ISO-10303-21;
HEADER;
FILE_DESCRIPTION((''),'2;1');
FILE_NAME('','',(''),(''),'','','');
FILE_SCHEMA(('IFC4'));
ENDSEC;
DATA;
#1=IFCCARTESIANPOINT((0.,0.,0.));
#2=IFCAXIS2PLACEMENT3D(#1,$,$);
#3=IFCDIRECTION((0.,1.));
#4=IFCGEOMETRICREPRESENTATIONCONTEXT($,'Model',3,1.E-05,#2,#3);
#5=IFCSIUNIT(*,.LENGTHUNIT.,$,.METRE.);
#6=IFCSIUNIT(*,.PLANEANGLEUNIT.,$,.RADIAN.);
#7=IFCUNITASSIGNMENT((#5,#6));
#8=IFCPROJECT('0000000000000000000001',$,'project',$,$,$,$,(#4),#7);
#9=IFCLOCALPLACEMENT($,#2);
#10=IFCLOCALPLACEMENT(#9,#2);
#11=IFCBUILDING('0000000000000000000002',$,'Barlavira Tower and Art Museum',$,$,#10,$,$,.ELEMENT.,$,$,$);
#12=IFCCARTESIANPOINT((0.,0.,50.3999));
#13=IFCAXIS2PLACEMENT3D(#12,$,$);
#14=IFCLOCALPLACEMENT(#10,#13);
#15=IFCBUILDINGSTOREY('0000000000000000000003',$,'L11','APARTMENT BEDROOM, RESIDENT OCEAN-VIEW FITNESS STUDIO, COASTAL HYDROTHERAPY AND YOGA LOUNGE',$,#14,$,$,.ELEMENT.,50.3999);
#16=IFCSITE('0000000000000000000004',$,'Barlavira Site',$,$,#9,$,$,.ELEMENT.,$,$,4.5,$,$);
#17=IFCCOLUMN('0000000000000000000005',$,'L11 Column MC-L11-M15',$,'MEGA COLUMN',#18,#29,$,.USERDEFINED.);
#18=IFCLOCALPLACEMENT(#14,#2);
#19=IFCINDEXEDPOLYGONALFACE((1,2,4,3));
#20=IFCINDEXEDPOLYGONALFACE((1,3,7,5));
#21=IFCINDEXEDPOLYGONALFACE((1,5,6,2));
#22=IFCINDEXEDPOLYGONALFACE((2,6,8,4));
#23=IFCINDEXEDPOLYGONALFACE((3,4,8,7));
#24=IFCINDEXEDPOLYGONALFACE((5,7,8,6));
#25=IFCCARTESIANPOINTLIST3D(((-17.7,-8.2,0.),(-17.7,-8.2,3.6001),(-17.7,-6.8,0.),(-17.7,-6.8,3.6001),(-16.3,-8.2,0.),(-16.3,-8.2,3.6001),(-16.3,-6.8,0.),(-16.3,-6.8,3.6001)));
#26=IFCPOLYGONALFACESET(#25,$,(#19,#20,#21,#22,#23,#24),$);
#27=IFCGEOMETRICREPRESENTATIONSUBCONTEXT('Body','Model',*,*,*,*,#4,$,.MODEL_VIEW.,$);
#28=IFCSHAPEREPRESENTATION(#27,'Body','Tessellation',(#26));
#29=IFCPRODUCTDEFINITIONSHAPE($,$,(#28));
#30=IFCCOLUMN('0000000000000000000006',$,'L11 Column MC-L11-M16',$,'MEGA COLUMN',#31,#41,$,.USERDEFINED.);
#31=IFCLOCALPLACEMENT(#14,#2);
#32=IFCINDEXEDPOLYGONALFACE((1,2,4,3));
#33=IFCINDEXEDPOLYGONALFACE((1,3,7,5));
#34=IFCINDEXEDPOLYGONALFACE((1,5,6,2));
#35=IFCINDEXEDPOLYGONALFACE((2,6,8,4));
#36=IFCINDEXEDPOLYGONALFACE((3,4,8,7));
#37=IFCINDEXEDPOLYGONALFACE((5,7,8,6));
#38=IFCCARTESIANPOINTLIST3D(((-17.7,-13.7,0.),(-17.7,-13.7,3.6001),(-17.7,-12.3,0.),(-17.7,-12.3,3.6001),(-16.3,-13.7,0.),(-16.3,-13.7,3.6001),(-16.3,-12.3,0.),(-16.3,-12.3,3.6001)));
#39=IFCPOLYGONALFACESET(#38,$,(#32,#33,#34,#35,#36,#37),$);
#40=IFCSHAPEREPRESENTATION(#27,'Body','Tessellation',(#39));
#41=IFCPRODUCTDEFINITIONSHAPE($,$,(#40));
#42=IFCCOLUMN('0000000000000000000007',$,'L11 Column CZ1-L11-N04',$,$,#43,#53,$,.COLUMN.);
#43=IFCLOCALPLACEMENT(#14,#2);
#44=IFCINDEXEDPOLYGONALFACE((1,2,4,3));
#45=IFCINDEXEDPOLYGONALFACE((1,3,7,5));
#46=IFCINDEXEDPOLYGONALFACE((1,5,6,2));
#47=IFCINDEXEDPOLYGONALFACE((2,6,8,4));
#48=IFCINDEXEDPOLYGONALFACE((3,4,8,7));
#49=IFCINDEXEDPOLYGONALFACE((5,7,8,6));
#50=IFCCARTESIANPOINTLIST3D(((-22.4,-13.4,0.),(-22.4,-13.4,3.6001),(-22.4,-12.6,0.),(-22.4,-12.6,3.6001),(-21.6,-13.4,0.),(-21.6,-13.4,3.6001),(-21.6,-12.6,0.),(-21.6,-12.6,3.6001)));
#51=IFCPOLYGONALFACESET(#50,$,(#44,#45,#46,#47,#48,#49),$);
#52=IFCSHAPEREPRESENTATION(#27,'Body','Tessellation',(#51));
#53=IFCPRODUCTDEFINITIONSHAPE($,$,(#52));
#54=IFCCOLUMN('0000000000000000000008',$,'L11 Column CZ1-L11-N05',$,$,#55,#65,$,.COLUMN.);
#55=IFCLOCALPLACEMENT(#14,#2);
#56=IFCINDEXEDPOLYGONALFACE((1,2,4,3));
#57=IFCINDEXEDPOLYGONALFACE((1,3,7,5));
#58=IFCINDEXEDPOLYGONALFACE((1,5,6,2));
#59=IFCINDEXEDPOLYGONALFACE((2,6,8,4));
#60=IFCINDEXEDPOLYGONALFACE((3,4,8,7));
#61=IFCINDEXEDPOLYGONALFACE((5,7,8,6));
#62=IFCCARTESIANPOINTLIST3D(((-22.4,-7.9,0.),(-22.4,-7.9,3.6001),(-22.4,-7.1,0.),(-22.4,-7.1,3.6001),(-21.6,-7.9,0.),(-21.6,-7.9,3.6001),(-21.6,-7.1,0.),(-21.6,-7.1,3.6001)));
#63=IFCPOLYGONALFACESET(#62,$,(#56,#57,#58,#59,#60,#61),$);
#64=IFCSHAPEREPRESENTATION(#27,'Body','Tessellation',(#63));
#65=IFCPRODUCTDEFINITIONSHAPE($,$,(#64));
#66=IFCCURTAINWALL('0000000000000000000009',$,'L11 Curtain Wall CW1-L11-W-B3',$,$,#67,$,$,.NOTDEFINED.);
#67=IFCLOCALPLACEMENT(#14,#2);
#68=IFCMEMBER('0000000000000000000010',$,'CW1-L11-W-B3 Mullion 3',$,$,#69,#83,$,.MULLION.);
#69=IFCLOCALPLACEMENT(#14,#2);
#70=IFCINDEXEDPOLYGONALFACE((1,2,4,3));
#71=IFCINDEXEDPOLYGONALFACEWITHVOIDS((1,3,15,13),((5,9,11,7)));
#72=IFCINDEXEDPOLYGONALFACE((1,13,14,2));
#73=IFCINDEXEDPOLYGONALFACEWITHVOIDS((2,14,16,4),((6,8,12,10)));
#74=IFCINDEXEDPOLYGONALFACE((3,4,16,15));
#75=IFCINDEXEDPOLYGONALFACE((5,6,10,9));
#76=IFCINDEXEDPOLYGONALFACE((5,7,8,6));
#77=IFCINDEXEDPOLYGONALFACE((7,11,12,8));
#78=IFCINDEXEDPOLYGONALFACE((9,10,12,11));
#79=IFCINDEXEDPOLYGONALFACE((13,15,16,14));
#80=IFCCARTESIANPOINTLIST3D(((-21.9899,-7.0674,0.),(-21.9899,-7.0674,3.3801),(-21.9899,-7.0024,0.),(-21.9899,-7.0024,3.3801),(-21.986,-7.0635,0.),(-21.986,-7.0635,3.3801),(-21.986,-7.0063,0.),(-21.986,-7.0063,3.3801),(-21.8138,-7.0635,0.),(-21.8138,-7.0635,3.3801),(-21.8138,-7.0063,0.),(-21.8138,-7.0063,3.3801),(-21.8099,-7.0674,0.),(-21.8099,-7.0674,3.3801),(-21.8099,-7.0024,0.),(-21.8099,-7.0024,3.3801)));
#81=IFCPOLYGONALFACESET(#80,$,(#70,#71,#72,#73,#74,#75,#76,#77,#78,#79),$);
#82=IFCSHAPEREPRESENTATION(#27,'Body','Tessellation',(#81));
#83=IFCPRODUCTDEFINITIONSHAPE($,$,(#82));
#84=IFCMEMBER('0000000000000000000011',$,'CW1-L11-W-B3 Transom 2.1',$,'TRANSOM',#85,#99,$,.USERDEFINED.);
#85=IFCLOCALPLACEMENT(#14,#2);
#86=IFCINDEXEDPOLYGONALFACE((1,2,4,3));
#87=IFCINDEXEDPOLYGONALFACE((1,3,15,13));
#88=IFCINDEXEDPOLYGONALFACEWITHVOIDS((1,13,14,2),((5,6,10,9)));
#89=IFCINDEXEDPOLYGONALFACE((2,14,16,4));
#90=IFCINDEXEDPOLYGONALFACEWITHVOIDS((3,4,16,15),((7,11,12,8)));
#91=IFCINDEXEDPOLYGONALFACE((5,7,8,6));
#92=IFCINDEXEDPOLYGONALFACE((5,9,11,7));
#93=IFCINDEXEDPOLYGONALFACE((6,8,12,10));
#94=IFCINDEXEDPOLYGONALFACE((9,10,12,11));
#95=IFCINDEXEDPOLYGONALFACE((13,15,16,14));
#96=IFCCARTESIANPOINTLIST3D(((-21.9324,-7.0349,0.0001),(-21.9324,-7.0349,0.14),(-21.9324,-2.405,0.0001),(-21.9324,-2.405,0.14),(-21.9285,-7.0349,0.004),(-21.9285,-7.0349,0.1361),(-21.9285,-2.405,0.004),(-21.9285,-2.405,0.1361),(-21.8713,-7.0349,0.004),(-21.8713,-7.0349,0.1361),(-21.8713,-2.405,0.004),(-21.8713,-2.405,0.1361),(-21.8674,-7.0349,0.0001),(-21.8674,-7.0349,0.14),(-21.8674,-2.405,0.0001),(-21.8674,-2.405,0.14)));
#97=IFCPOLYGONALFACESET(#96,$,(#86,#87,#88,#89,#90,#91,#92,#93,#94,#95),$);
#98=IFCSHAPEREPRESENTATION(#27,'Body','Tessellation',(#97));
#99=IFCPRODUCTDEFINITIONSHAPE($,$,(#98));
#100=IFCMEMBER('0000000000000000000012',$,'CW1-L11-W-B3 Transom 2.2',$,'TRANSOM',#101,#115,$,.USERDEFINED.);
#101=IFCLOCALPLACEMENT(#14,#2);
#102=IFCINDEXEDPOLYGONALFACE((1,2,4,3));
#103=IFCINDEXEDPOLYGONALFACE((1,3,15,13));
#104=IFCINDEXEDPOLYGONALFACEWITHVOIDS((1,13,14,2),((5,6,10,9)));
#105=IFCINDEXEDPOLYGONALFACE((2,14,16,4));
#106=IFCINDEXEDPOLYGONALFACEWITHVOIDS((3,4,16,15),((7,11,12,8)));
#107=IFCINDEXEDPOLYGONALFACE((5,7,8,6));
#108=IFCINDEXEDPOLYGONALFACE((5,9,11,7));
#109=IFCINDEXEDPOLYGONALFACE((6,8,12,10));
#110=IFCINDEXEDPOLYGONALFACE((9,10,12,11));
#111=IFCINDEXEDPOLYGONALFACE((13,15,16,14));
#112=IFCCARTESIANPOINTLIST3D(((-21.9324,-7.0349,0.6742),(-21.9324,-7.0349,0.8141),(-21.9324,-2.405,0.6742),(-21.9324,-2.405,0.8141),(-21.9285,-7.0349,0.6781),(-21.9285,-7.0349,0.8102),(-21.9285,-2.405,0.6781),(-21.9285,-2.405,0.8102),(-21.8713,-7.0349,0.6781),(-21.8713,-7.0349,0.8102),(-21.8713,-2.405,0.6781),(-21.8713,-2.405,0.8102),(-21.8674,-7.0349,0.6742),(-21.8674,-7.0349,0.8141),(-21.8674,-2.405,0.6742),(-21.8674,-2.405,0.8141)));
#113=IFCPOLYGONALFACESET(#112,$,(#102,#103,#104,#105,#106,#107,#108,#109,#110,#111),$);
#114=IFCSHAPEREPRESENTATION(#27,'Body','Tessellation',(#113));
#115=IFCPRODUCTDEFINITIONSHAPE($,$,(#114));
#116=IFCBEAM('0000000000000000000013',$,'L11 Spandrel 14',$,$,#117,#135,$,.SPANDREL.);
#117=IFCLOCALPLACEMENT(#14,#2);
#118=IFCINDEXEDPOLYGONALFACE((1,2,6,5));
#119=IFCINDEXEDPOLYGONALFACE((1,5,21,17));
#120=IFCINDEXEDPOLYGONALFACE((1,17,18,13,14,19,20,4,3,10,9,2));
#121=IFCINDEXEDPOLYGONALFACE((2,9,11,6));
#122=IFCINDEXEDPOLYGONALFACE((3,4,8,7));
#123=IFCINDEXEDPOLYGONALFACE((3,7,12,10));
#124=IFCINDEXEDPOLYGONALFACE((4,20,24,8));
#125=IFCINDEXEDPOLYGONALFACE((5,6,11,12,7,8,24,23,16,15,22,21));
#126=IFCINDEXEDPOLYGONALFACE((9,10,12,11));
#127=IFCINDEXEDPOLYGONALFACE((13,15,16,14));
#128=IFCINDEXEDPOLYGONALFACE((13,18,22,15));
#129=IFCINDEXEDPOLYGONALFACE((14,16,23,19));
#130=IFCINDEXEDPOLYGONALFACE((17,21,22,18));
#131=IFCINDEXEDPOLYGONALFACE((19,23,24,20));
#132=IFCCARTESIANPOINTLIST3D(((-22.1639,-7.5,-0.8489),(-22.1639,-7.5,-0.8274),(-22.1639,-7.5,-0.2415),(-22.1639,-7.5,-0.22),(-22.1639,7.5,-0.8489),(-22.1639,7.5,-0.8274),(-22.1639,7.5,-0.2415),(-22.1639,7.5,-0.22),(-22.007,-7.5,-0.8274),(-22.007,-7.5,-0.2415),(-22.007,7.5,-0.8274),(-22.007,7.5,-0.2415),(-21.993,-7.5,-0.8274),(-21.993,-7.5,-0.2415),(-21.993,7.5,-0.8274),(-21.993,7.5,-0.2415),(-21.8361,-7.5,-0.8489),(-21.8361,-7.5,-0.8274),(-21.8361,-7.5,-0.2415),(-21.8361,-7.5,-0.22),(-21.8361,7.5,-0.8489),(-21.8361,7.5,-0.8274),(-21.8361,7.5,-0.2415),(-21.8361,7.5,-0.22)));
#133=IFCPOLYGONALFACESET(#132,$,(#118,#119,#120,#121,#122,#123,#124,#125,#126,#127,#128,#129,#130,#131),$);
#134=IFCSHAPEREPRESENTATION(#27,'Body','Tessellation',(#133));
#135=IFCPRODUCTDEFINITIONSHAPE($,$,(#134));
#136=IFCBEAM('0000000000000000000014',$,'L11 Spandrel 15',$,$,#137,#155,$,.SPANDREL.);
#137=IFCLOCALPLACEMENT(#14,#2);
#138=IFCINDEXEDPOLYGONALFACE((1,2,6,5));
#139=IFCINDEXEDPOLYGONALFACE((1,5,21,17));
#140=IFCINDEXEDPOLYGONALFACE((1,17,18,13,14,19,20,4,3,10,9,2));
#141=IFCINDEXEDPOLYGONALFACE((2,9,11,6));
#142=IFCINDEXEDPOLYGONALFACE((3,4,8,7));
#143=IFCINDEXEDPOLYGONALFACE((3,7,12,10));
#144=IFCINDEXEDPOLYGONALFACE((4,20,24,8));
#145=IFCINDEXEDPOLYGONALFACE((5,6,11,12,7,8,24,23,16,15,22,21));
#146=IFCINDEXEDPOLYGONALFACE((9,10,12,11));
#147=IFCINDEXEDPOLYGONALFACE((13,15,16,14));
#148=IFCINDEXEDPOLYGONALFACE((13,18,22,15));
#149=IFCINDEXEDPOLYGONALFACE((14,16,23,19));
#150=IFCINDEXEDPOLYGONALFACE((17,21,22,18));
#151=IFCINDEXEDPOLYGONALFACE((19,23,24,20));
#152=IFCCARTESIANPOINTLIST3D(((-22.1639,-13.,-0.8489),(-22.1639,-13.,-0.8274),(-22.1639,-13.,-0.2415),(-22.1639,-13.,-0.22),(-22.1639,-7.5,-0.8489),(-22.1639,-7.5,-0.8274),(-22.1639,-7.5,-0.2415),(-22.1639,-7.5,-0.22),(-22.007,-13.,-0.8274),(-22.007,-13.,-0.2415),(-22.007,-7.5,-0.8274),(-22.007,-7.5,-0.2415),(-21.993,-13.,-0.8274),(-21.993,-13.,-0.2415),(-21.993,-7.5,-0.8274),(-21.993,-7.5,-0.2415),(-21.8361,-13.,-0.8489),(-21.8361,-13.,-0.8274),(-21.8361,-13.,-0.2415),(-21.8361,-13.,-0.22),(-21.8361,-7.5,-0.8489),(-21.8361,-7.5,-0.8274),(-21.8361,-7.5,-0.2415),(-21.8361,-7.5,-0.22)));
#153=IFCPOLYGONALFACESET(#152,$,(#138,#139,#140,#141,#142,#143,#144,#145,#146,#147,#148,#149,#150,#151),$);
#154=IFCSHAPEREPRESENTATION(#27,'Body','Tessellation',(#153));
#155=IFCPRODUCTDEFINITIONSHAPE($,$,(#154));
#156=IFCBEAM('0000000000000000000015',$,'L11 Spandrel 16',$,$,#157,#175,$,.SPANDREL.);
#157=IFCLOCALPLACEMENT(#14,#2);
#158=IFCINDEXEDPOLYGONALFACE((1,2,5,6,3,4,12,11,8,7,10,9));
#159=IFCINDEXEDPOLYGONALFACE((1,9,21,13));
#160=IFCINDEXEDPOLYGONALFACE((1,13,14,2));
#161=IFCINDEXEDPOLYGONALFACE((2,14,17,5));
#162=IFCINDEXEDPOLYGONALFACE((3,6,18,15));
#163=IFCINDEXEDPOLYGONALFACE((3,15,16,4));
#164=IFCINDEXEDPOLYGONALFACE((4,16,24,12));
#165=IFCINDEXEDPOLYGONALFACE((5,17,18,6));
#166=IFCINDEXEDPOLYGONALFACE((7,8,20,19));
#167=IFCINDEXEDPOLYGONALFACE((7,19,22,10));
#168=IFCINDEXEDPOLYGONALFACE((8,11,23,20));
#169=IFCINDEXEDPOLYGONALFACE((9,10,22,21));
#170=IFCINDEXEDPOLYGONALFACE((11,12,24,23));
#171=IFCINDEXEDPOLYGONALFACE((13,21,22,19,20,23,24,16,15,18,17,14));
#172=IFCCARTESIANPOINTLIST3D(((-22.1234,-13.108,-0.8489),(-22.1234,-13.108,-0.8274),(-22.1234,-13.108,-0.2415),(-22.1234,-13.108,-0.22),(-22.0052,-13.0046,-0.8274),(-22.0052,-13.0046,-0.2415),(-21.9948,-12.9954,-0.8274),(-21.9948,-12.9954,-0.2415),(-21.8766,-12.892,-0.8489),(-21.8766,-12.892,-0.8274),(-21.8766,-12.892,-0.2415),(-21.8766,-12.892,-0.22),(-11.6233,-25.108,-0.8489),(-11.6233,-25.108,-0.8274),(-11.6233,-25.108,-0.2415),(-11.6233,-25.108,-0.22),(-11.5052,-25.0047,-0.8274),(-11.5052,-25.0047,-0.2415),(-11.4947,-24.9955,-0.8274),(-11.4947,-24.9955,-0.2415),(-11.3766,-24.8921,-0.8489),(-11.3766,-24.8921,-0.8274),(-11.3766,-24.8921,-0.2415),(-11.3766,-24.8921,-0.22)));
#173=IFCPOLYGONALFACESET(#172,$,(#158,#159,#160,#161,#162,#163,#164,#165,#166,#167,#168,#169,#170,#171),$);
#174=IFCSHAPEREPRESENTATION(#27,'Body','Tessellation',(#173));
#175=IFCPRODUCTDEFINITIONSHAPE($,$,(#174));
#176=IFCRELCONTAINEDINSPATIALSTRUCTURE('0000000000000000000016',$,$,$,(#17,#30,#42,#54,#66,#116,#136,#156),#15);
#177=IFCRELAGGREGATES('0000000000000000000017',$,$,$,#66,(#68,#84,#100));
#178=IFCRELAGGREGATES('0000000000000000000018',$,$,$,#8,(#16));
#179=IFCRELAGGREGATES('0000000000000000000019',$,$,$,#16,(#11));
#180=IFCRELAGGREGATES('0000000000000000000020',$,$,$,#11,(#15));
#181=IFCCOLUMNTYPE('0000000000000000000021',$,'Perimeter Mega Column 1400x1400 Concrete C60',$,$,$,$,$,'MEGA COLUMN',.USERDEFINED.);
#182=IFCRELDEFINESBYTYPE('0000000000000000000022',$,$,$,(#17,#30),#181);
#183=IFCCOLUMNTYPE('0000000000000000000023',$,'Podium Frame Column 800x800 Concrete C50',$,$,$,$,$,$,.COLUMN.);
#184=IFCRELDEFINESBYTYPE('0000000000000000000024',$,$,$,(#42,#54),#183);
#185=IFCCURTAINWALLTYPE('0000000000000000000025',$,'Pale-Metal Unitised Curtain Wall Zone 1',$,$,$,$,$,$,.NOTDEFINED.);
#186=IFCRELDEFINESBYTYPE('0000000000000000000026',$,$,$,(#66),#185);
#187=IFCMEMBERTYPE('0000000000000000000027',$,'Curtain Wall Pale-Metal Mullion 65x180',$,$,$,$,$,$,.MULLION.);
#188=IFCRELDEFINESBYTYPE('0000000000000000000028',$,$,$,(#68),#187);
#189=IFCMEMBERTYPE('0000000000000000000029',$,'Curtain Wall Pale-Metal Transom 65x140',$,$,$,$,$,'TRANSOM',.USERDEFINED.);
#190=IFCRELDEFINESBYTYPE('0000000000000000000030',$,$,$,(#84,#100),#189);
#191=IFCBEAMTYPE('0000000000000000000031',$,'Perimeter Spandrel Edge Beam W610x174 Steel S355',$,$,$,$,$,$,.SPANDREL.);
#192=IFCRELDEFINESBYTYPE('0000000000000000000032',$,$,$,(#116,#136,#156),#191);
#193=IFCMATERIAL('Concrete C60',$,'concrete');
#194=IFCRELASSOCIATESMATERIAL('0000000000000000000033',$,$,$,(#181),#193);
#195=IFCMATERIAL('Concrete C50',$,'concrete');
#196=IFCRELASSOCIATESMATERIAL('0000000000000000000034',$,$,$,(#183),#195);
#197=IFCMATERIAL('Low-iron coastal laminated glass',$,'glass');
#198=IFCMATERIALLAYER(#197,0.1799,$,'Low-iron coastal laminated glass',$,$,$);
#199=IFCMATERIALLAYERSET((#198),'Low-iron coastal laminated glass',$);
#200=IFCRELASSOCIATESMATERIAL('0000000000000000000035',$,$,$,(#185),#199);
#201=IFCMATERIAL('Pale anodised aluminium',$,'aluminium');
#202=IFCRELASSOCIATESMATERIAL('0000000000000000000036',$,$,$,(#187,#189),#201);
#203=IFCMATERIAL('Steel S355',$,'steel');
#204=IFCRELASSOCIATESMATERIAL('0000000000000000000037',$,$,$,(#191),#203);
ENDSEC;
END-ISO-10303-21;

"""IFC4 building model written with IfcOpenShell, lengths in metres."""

from ifc_helpers import new_model, si_unit, direction, frame, origin, origin_2d, place, context, subcontext, project, spatial, rectangle, hollow_rectangle, i_section, extrude, material, layer, layer_set, material_profile, profile_set, type_object, element, aggregate, save


model = new_model("IFC4")

# Units and contexts
model_context = context("Model", 3, precision=1e-05, world=origin(), true_north=direction((0.0, 1.0)))
body_context = subcontext(model_context, "Body", "Model", "MODEL_VIEW")
ifc_project = project(units=[si_unit("LENGTHUNIT", "METRE"), si_unit("PLANEANGLEUNIT", "RADIAN")], contexts=[model_context])

# Site, building, storey
site_placement = place(None, origin())
site = spatial("IfcSite", under=ifc_project, at=site_placement, Name="Barlavira Site", CompositionType="ELEMENT", RefElevation=4.5)
building_placement = place(site_placement, origin())
building = spatial("IfcBuilding", under=site, at=building_placement, Name="Barlavira Tower and Art Museum", CompositionType="ELEMENT")
storey_placement = place(building_placement, frame((0.0, 0.0, 50.3999)))
storey = spatial("IfcBuildingStorey", under=building, at=storey_placement, Name="L11", Description="APARTMENT BEDROOM, RESIDENT OCEAN-VIEW FITNESS STUDIO, COASTAL HYDROTHERAPY AND YOGA LOUNGE", CompositionType="ELEMENT", Elevation=50.3999)

# Columns
ifc_material_1 = material(Name="Concrete C60", Category="concrete")
ifc_material_profile_1 = material_profile(ifc_material_1, rectangle(XDim=1.3999, YDim=1.3999, at=origin_2d()), Name="RC-MCOL 1400x1400")
ifc_profile_set_1 = profile_set([ifc_material_profile_1], Name="Concrete C60")
column_type_1 = type_object("IfcColumnType", Name="Perimeter Mega Column 1400x1400 Concrete C60", ElementType="MEGA COLUMN", PredefinedType="USERDEFINED", material=ifc_profile_set_1)
for number, where, z_axis, x_axis, name in (
    (1, (-17.0, -7.5, 0.0), (0.0, 0.0, 1.0), (1.0, 0.0, 0.0), "L11 Column MC-L11-M15"),
    (2, (-17.0, -13.0, 0.0), (0.0, 0.0, 1.0), (1.0, 0.0, 0.0), "L11 Column MC-L11-M16"),
):
    element("IfcColumn", number, at=place(storey_placement, frame(where, z_axis=z_axis, x_axis=x_axis)), inside=storey, type_object=column_type_1, Name=name, ObjectType="MEGA COLUMN", PredefinedType="USERDEFINED", context=body_context, shape_type="SweptSolid", body=[
        extrude(rectangle(XDim=1.3999, YDim=1.3999, at=origin_2d()), origin(), (0.0, 0.0, 1.0), 3.6001),
    ])
ifc_material_2 = material(Name="Concrete C50", Category="concrete")
ifc_material_profile_2 = material_profile(ifc_material_2, rectangle(XDim=0.8, YDim=0.8, at=origin_2d()), Name="RC-COL 800x800")
ifc_profile_set_2 = profile_set([ifc_material_profile_2], Name="Concrete C50")
column_type_2 = type_object("IfcColumnType", Name="Podium Frame Column 800x800 Concrete C50", PredefinedType="COLUMN", material=ifc_profile_set_2)
for number, where, z_axis, x_axis, name in (
    (3, (-22.0, -13.0, 0.0), (0.0, 0.0, 1.0), (1.0, 0.0, 0.0), "L11 Column CZ1-L11-N04"),
    (4, (-22.0, -7.5, 0.0), (0.0, 0.0, 1.0), (1.0, 0.0, 0.0), "L11 Column CZ1-L11-N05"),
):
    element("IfcColumn", number, at=place(storey_placement, frame(where, z_axis=z_axis, x_axis=x_axis)), inside=storey, type_object=column_type_2, Name=name, PredefinedType="COLUMN", context=body_context, shape_type="SweptSolid", body=[
        extrude(rectangle(XDim=0.8, YDim=0.8, at=origin_2d()), origin(), (0.0, 0.0, 1.0), 3.6001),
    ])

# Curtain wall, members
ifc_material_3 = material(Name="Low-iron coastal laminated glass", Category="glass")
ifc_layer_1 = layer(ifc_material_3, 0.1799, Name="Low-iron coastal laminated glass")
ifc_layer_set_1 = layer_set([ifc_layer_1], Name="Low-iron coastal laminated glass")
curtain_wall_type = type_object("IfcCurtainWallType", Name="Pale-Metal Unitised Curtain Wall Zone 1", PredefinedType="NOTDEFINED", material=ifc_layer_set_1)
curtain_wall_placement = place(storey_placement, origin())
curtain_wall = element("IfcCurtainWall", 5, at=curtain_wall_placement, inside=storey, type_object=curtain_wall_type, Name="L11 Curtain Wall CW1-L11-W-B3", PredefinedType="NOTDEFINED")
ifc_material_4 = material(Name="Pale anodised aluminium", Category="aluminium")
ifc_material_profile_3 = material_profile(ifc_material_4, hollow_rectangle(XDim=0.0649, YDim=0.1799, WallThickness=0.0039, at=origin_2d()), Name="ALU-MULL 65x180x4")
ifc_profile_set_3 = profile_set([ifc_material_profile_3], Name="Pale anodised aluminium")
member_type_1 = type_object("IfcMemberType", Name="Curtain Wall Pale-Metal Mullion 65x180", PredefinedType="MULLION", material=ifc_profile_set_3)
member_1_placement = place(storey_placement, frame((-21.8999, -7.0349, 0.0), z_axis=(0.0, 0.0, 1.0), x_axis=(0.0, -1.0, 0.0)))
member_1 = element("IfcMember", 6, at=member_1_placement, type_object=member_type_1, Name="CW1-L11-W-B3 Mullion 3", PredefinedType="MULLION", context=body_context, shape_type="SweptSolid", body=[
    extrude(hollow_rectangle(XDim=0.0649, YDim=0.1799, WallThickness=0.0039, at=origin_2d()), origin(), (0.0, 0.0, 1.0), 3.3801),
])
ifc_material_profile_4 = material_profile(ifc_material_4, hollow_rectangle(XDim=0.0649, YDim=0.1399, WallThickness=0.0039, at=origin_2d()), Name="ALU-TRAN 65x140x4")
ifc_profile_set_4 = profile_set([ifc_material_profile_4], Name="Pale anodised aluminium")
member_type_2 = type_object("IfcMemberType", Name="Curtain Wall Pale-Metal Transom 65x140", ElementType="TRANSOM", PredefinedType="USERDEFINED", material=ifc_profile_set_4)
member_2_placement = place(storey_placement, frame((-21.8999, -2.405, 0.0701), z_axis=(0.0, -1.0, 0.0), x_axis=(1.0, 0.0, 0.0)))
member_2 = element("IfcMember", 7, at=member_2_placement, type_object=member_type_2, Name="CW1-L11-W-B3 Transom 2.1", ObjectType="TRANSOM", PredefinedType="USERDEFINED", context=body_context, shape_type="SweptSolid", body=[
    extrude(hollow_rectangle(XDim=0.0649, YDim=0.1399, WallThickness=0.0039, at=origin_2d()), origin(), (0.0, 0.0, 1.0), 4.6299),
])
member_3_placement = place(storey_placement, frame((-21.8999, -2.405, 0.7441), z_axis=(0.0, -1.0, 0.0), x_axis=(1.0, 0.0, 0.0)))
member_3 = element("IfcMember", 8, at=member_3_placement, type_object=member_type_2, Name="CW1-L11-W-B3 Transom 2.2", ObjectType="TRANSOM", PredefinedType="USERDEFINED", context=body_context, shape_type="SweptSolid", body=[
    extrude(hollow_rectangle(XDim=0.0649, YDim=0.1399, WallThickness=0.0039, at=origin_2d()), origin(), (0.0, 0.0, 1.0), 4.6299),
])

# Beams
ifc_material_5 = material(Name="Steel S355", Category="steel")
ifc_material_profile_5 = material_profile(ifc_material_5, i_section(OverallWidth=0.3279, OverallDepth=0.6289, WebThickness=0.0139, FlangeThickness=0.0215, at=origin_2d()), Name="W610x174.0")
ifc_profile_set_5 = profile_set([ifc_material_profile_5], Name="Steel S355")
beam_type_1 = type_object("IfcBeamType", Name="Perimeter Spandrel Edge Beam W610x174 Steel S355", PredefinedType="SPANDREL", material=ifc_profile_set_5)
beam_1_placement = place(storey_placement, frame((-22.0, -7.5, -0.5344), z_axis=(0.0, 1.0, 0.0), x_axis=(-1.0, 0.0, 0.0)))
element("IfcBeam", 9, at=beam_1_placement, inside=storey, type_object=beam_type_1, Name="L11 Spandrel 14", PredefinedType="SPANDREL", context=body_context, shape_type="SweptSolid", body=[
    extrude(i_section(OverallWidth=0.3279, OverallDepth=0.6289, WebThickness=0.0139, FlangeThickness=0.0215, at=origin_2d()), origin(), (0.0, 0.0, 1.0), 15.0),
])
beam_2_placement = place(storey_placement, frame((-22.0, -13.0, -0.5344), z_axis=(0.0, 1.0, 0.0), x_axis=(-1.0, 0.0, 0.0)))
element("IfcBeam", 10, at=beam_2_placement, inside=storey, type_object=beam_type_1, Name="L11 Spandrel 15", PredefinedType="SPANDREL", context=body_context, shape_type="SweptSolid", body=[
    extrude(i_section(OverallWidth=0.3279, OverallDepth=0.6289, WebThickness=0.0139, FlangeThickness=0.0215, at=origin_2d()), origin(), (0.0, 0.0, 1.0), 5.5),
])
beam_3_placement = place(storey_placement, frame((-22.0, -13.0, -0.5344), z_axis=(0.658505, -0.752577, 0.0), x_axis=(0.752577, 0.658505, 0.0)))
element("IfcBeam", 11, at=beam_3_placement, inside=storey, type_object=beam_type_1, Name="L11 Spandrel 16", PredefinedType="SPANDREL", context=body_context, shape_type="SweptSolid", body=[
    extrude(i_section(OverallWidth=0.3279, OverallDepth=0.6289, WebThickness=0.0139, FlangeThickness=0.0215, at=origin_2d()), origin(), (0.0, 0.0, 1.0), 15.9453),
])

aggregate(curtain_wall, [member_1, member_2, member_3])

save(model, "model.ifc")
